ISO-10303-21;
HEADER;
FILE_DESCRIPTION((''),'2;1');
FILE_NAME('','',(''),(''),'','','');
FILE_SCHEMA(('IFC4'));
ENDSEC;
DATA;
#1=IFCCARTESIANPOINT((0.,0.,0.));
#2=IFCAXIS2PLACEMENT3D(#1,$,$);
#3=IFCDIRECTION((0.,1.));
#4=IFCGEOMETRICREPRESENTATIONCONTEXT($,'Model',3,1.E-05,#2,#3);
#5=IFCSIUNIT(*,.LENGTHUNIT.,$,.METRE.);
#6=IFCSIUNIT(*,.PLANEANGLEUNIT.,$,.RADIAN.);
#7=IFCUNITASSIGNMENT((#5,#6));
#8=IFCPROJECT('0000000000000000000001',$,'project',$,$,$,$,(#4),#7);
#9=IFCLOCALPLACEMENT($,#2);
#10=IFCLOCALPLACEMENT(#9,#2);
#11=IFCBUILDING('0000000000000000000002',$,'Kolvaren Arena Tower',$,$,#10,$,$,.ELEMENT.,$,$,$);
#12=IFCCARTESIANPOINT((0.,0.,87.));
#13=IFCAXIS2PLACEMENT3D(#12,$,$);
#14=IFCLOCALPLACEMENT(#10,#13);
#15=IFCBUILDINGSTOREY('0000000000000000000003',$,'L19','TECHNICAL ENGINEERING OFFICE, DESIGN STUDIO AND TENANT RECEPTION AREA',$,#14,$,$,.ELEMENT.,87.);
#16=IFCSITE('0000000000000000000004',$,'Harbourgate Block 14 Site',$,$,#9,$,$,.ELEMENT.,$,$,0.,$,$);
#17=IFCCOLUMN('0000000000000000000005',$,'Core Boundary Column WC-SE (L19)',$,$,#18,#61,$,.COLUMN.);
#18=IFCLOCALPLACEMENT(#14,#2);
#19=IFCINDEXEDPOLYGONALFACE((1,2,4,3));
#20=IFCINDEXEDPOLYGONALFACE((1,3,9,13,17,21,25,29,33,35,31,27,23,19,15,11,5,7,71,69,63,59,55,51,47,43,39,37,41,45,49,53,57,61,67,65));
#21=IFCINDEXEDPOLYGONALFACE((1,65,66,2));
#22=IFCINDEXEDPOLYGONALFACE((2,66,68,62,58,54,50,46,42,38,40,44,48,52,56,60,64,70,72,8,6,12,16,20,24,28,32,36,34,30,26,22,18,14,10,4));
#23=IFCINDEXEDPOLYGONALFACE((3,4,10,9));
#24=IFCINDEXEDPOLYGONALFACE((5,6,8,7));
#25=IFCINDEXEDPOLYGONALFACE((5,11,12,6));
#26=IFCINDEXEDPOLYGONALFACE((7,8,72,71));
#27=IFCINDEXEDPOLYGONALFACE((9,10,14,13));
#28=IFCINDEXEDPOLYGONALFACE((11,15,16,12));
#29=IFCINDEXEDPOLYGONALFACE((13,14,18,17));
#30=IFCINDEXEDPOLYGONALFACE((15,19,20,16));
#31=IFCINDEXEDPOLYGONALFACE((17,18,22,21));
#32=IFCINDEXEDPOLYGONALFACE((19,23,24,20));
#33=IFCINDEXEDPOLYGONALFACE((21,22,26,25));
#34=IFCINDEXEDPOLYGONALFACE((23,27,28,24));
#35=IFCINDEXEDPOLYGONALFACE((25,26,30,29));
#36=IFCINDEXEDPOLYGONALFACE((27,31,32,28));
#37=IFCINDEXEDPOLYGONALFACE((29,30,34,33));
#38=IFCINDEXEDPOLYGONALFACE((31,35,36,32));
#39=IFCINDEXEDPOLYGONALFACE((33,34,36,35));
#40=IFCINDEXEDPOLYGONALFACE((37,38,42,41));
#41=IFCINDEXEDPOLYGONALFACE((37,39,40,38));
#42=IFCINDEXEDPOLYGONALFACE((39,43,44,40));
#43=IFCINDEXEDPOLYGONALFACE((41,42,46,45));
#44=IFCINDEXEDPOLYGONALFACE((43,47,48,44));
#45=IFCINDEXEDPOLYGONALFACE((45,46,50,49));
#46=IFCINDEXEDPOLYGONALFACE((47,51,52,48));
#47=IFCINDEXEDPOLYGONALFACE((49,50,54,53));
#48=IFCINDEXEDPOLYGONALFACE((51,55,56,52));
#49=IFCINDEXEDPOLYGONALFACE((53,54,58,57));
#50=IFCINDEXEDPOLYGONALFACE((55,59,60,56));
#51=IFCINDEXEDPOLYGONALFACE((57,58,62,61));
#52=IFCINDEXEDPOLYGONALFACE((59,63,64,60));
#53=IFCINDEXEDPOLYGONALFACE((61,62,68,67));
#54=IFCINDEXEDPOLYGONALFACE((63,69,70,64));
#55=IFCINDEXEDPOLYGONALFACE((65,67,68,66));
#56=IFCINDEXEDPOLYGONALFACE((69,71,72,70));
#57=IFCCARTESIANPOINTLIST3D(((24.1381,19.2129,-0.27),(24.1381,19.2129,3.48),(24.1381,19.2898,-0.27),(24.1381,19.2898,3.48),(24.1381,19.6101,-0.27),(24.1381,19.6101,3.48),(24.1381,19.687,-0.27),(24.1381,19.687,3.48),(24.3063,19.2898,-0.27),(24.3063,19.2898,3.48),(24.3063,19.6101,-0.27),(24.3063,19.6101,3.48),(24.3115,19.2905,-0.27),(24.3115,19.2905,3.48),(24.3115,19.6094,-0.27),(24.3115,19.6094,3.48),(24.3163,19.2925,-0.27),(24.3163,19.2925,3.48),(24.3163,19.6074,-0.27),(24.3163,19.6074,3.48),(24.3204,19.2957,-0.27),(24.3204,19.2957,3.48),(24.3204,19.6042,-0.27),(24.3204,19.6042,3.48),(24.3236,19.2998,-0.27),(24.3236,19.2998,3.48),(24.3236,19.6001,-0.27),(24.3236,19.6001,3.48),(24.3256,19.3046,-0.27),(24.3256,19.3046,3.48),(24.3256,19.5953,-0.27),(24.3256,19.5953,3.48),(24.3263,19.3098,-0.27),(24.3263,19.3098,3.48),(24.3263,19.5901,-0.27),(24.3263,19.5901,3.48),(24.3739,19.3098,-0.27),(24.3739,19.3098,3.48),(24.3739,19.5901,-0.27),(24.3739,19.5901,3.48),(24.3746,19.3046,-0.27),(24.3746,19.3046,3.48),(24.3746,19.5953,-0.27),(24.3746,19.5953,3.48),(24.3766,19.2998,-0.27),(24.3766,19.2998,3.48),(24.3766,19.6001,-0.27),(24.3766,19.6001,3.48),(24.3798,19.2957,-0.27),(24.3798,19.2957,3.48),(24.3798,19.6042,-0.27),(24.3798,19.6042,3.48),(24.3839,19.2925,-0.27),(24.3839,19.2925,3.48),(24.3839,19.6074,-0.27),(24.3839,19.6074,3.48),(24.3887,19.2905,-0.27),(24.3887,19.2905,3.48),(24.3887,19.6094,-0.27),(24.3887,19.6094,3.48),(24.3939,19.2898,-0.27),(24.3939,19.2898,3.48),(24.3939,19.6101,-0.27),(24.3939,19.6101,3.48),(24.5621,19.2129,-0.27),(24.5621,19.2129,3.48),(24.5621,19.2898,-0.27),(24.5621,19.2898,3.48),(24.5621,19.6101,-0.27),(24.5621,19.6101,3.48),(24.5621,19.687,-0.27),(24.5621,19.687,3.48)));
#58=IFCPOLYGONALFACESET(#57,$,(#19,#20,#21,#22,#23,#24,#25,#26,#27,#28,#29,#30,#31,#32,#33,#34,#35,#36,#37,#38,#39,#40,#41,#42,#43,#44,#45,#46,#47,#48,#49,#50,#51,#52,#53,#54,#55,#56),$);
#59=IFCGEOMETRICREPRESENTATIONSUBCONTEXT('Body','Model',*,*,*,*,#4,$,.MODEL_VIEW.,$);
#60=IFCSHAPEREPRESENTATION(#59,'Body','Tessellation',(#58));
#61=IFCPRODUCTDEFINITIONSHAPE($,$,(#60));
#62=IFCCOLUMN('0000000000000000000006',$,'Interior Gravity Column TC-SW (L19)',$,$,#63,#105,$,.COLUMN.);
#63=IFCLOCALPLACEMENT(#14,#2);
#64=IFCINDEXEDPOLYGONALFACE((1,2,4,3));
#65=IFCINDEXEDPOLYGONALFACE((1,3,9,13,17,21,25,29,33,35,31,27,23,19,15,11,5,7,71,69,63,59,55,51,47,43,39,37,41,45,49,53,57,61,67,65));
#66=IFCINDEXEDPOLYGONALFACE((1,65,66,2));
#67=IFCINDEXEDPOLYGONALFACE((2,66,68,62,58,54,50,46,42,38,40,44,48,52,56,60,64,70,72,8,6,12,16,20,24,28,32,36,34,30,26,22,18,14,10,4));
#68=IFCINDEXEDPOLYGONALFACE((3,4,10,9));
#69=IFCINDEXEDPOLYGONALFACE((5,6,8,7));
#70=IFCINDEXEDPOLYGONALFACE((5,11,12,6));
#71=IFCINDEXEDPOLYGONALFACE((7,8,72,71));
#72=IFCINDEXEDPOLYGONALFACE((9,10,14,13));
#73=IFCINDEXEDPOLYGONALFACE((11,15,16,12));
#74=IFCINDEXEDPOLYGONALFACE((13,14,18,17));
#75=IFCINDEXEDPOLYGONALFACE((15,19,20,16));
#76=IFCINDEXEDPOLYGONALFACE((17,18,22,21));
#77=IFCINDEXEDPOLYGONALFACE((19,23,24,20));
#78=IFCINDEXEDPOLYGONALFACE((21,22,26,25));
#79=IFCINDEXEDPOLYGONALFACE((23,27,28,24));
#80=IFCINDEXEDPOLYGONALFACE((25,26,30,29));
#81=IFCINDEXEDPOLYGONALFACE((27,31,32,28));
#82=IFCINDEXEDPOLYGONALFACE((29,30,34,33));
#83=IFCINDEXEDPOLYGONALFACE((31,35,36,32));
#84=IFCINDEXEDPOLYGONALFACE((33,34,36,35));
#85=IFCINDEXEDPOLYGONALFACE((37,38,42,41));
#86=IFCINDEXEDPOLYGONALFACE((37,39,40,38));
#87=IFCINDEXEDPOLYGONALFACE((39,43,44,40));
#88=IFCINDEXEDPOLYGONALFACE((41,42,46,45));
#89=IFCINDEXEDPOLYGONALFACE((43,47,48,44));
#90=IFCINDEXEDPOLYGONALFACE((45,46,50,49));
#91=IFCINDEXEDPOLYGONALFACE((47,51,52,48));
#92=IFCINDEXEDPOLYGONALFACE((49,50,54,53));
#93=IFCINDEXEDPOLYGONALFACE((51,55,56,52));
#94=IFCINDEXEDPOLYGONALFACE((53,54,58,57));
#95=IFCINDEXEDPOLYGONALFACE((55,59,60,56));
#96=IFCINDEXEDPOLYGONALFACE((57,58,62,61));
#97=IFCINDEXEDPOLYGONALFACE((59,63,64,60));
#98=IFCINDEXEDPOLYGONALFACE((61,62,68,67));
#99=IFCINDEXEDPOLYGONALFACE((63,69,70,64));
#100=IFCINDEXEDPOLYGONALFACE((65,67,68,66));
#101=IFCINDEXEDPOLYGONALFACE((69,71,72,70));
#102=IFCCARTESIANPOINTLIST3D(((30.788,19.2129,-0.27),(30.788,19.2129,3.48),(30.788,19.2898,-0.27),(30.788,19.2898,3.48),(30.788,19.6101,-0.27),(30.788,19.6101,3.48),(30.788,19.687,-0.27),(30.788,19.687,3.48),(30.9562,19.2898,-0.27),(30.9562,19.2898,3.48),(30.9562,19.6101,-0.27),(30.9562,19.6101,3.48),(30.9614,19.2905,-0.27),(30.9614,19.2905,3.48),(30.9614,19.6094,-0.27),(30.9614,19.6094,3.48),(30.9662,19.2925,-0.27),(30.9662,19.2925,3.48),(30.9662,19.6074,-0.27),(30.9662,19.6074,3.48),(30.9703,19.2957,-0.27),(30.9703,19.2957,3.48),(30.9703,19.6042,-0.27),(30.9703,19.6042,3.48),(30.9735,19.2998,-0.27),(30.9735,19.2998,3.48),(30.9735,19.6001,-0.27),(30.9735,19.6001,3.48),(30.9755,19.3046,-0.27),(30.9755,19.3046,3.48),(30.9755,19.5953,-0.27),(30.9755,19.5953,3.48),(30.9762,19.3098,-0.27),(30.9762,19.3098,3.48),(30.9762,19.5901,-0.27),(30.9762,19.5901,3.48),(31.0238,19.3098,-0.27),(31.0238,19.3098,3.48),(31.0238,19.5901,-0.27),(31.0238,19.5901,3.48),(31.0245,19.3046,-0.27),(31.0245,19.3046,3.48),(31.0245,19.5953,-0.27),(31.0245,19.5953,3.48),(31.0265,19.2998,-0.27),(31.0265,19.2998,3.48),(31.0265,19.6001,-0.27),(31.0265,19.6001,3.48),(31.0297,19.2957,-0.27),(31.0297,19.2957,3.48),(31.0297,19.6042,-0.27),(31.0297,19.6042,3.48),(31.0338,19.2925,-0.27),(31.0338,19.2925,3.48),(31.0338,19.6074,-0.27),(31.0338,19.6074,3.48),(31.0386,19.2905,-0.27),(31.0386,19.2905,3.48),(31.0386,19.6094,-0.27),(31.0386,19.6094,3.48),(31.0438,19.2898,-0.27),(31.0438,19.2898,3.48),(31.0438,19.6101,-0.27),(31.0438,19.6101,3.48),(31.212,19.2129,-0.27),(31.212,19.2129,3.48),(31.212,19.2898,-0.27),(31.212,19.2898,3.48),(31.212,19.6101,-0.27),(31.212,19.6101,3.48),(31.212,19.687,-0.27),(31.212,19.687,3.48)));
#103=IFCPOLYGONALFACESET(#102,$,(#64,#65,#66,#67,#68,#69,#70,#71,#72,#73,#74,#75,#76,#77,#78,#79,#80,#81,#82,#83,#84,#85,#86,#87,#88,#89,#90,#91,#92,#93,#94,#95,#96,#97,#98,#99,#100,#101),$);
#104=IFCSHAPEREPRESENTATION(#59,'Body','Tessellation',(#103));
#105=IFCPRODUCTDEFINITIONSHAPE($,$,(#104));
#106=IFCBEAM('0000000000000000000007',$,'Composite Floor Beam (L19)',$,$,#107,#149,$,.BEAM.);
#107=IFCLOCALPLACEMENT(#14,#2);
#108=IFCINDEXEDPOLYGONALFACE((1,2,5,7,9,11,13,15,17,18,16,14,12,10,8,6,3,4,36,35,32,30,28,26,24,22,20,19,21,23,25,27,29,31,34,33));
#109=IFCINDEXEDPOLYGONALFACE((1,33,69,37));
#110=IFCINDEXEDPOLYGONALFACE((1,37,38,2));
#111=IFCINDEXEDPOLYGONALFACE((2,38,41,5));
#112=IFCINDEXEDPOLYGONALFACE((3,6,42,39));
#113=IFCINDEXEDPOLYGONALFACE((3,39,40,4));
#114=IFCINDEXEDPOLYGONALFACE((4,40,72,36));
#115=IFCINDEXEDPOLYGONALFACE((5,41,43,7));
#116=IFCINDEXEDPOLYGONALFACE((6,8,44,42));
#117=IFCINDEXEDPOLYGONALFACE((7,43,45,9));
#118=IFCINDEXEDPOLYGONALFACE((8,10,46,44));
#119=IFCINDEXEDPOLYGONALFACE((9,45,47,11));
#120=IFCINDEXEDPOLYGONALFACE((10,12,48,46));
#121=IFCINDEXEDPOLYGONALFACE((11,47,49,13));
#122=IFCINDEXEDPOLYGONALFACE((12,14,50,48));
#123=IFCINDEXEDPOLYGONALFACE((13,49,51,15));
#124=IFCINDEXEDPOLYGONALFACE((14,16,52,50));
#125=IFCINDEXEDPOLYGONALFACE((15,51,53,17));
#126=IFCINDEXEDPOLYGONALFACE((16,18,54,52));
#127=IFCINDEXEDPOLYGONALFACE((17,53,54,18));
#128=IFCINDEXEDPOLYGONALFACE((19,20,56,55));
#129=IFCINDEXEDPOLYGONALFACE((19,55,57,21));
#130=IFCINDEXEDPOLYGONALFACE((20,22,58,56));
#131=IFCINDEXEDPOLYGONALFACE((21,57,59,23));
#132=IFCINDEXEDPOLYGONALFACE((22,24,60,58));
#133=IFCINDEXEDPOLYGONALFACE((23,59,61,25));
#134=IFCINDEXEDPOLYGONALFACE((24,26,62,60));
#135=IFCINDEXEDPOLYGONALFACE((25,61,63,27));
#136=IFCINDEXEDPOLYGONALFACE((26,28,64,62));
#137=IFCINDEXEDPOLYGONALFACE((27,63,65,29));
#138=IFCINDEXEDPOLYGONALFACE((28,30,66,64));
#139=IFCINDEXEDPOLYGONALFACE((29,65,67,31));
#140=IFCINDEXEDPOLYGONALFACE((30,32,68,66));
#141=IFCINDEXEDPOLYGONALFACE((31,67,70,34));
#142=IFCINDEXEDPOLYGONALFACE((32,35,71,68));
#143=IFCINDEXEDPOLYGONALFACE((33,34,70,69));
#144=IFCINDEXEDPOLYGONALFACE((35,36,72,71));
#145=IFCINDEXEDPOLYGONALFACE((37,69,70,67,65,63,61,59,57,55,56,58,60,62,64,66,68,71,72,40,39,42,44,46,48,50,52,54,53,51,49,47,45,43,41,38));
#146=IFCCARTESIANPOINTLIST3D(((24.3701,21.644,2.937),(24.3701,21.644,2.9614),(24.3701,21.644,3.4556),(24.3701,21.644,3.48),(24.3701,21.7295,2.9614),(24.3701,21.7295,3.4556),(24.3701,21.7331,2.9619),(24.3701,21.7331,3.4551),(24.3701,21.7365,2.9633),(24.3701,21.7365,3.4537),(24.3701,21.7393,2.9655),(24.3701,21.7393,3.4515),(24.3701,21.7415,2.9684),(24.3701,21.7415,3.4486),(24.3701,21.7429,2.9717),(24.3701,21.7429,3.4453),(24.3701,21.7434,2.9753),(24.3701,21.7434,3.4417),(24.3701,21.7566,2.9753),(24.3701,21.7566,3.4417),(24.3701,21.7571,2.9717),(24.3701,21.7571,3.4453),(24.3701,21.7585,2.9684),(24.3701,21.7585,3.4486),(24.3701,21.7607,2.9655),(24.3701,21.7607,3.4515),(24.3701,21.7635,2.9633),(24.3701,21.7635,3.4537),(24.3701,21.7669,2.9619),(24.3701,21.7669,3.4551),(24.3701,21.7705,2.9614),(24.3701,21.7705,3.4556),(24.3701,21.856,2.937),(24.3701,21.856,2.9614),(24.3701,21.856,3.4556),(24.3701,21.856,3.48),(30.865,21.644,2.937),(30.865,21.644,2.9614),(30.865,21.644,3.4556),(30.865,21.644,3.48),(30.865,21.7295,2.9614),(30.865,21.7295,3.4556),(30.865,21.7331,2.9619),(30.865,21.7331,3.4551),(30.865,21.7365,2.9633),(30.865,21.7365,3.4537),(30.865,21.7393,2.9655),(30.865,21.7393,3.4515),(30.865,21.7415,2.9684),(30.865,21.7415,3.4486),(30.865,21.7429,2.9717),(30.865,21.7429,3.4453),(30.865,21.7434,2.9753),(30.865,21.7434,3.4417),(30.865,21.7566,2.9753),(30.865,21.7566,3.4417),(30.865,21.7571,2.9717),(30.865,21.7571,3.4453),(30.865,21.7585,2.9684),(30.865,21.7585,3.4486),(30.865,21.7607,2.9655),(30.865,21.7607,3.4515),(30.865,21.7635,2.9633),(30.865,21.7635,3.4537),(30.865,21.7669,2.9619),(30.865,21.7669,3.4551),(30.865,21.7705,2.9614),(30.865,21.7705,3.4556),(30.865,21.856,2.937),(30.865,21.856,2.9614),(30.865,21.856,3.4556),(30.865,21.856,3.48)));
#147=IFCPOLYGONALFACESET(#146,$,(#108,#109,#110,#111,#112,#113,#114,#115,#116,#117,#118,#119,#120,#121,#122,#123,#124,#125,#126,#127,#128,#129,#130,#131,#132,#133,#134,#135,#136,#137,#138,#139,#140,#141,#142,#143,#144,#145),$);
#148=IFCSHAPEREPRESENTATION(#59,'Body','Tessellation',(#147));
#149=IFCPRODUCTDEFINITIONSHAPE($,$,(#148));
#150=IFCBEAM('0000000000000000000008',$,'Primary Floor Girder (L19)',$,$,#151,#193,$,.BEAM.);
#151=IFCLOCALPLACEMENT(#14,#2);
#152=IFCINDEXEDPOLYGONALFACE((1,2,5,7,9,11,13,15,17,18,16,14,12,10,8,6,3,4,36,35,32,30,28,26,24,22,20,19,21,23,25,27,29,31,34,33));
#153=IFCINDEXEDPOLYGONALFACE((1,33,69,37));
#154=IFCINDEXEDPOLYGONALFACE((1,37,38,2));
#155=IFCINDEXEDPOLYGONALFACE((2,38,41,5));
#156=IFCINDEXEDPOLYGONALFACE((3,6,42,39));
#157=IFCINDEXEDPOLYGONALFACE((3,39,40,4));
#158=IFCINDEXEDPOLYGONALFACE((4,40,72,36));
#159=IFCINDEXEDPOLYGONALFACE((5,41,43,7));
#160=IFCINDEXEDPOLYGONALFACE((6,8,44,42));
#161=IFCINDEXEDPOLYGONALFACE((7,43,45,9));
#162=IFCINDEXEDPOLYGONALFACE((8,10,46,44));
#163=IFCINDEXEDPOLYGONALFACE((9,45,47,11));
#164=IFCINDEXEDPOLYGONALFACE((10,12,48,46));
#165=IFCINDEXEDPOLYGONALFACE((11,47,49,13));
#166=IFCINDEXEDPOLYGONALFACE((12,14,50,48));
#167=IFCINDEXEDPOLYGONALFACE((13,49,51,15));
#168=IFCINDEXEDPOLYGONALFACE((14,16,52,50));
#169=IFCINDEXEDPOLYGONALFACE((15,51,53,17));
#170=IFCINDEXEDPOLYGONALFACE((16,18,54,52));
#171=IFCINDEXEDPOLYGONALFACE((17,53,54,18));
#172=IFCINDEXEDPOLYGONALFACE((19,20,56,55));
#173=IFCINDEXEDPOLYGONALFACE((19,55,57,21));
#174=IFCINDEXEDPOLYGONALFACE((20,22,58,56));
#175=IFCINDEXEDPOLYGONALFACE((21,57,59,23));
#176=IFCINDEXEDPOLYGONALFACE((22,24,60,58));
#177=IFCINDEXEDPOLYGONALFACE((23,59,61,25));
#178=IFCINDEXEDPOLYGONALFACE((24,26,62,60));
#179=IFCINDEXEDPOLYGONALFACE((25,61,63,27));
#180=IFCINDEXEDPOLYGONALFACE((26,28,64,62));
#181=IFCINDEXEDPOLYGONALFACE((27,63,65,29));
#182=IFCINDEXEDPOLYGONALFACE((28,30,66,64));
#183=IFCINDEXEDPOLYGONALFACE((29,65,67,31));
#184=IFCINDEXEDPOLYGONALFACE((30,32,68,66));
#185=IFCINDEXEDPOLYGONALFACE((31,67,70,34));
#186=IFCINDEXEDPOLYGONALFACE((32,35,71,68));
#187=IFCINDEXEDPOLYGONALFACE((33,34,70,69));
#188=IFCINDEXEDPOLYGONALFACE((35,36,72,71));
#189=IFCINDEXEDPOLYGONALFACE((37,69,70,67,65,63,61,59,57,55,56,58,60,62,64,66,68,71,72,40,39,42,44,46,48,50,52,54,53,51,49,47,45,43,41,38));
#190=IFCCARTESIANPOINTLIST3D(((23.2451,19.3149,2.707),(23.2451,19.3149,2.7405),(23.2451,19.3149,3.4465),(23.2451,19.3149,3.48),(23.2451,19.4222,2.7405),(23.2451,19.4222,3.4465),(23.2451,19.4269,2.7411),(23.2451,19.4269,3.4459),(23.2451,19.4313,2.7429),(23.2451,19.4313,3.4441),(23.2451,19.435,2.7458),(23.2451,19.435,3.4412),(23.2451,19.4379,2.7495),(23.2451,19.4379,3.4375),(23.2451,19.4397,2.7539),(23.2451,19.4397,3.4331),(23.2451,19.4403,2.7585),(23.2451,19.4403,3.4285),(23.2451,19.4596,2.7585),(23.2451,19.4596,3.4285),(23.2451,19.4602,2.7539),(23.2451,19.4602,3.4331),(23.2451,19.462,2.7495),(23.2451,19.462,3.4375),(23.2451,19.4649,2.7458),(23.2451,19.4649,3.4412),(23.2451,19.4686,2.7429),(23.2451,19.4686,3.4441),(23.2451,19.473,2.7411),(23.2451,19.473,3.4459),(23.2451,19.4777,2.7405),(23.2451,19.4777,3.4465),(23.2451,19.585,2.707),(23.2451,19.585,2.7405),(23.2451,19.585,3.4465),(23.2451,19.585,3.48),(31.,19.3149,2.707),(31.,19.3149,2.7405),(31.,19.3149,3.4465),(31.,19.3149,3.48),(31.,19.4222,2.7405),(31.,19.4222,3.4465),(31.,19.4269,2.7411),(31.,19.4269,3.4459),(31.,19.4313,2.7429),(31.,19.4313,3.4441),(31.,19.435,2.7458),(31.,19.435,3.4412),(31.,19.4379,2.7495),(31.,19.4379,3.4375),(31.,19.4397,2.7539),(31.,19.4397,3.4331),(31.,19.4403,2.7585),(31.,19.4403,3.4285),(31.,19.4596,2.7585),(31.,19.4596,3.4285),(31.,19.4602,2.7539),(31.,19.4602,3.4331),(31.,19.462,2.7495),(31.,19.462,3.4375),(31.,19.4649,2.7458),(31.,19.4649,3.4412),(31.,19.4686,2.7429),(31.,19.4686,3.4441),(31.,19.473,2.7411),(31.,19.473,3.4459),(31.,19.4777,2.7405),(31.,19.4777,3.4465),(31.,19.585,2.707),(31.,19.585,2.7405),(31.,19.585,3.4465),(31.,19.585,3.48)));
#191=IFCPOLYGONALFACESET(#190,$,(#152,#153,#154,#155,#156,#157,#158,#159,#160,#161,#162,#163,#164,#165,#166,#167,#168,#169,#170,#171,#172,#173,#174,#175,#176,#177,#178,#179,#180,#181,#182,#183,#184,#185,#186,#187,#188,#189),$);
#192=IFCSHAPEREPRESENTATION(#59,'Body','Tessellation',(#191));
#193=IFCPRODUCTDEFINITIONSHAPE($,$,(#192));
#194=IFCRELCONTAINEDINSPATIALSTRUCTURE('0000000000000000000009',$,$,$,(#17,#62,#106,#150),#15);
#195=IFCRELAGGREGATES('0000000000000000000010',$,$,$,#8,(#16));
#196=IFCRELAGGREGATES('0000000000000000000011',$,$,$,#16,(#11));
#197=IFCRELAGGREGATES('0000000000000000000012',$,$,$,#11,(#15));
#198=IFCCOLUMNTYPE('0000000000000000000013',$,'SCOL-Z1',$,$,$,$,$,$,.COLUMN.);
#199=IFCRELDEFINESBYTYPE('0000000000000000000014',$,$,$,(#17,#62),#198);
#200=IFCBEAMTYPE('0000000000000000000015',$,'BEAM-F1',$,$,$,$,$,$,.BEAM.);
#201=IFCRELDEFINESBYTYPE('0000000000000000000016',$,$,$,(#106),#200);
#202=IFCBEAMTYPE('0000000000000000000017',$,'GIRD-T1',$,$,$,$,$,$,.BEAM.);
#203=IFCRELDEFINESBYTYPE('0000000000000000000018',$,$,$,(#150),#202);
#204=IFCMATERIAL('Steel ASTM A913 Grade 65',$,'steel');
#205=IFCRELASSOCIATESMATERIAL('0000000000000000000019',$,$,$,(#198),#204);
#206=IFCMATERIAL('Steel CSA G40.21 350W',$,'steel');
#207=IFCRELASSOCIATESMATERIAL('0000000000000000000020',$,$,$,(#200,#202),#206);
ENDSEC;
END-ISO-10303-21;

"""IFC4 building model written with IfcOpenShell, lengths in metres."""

from ifc_helpers import new_model, si_unit, direction, frame, origin, origin_2d, place, context, subcontext, project, spatial, i_section, extrude, material, material_profile, profile_set, type_object, element, save


model = new_model("IFC4")

# Units and contexts
model_context = context("Model", 3, precision=1e-05, world=origin(), true_north=direction((0.0, 1.0)))
body_context = subcontext(model_context, "Body", "Model", "MODEL_VIEW")
ifc_project = project(units=[si_unit("LENGTHUNIT", "METRE"), si_unit("PLANEANGLEUNIT", "RADIAN")], contexts=[model_context])

# Site, building, storey
site_placement = place(None, origin())
site = spatial("IfcSite", under=ifc_project, at=site_placement, Name="Harbourgate Block 14 Site", CompositionType="ELEMENT", RefElevation=0.0)
building_placement = place(site_placement, origin())
building = spatial("IfcBuilding", under=site, at=building_placement, Name="Kolvaren Arena Tower", CompositionType="ELEMENT")
storey_placement = place(building_placement, frame((0.0, 0.0, 87.0)))
storey = spatial("IfcBuildingStorey", under=building, at=storey_placement, Name="L19", Description="TECHNICAL ENGINEERING OFFICE, DESIGN STUDIO AND TENANT RECEPTION AREA", CompositionType="ELEMENT", Elevation=87.0)

# Columns
ifc_material_1 = material(Name="Steel ASTM A913 Grade 65", Category="steel")
ifc_material_profile_1 = material_profile(ifc_material_1, i_section(OverallWidth=0.4241, OverallDepth=0.4741, WebThickness=0.0476, FlangeThickness=0.0769, FilletRadius=0.02, at=origin_2d()), Name="W360x634")
ifc_profile_set_1 = profile_set([ifc_material_profile_1], Name="Steel ASTM A913 Grade 65")
column_type = type_object("IfcColumnType", Name="SCOL-Z1", PredefinedType="COLUMN", material=ifc_profile_set_1)
for number, where, z_axis, x_axis, name in (
    (1, (24.3501, 19.45, -0.27), (0.0, 0.0, 1.0), (1.0, 0.0, 0.0), "Core Boundary Column WC-SE (L19)"),
    (2, (31.0, 19.45, -0.27), (0.0, 0.0, 1.0), (1.0, 0.0, 0.0), "Interior Gravity Column TC-SW (L19)"),
):
    element("IfcColumn", number, at=place(storey_placement, frame(where, z_axis=z_axis, x_axis=x_axis)), inside=storey, type_object=column_type, Name=name, PredefinedType="COLUMN", context=body_context, shape_type="SweptSolid", body=[
        extrude(i_section(OverallWidth=0.4241, OverallDepth=0.4741, WebThickness=0.0476, FlangeThickness=0.0769, FilletRadius=0.02, at=origin_2d()), origin(), (0.0, 0.0, 1.0), 3.75),
    ])

# Beams
ifc_material_2 = material(Name="Steel CSA G40.21 350W", Category="steel")
ifc_material_profile_2 = material_profile(ifc_material_2, i_section(OverallWidth=0.2119, OverallDepth=0.543, WebThickness=0.0132, FlangeThickness=0.0244, FilletRadius=0.0139, at=origin_2d()), Name="W530x150")
ifc_profile_set_2 = profile_set([ifc_material_profile_2], Name="Steel CSA G40.21 350W")
beam_type_1 = type_object("IfcBeamType", Name="BEAM-F1", PredefinedType="BEAM", material=ifc_profile_set_2)
beam_1_placement = place(storey_placement, frame((24.3701, 21.75, 3.2085), z_axis=(1.0, 0.0, 0.0), x_axis=(0.0, 1.0, 0.0)))
element("IfcBeam", 3, at=beam_1_placement, inside=storey, type_object=beam_type_1, Name="Composite Floor Beam (L19)", PredefinedType="BEAM", context=body_context, shape_type="SweptSolid", body=[
    extrude(i_section(OverallWidth=0.2119, OverallDepth=0.543, WebThickness=0.0132, FlangeThickness=0.0244, FilletRadius=0.0139, at=origin_2d()), origin(), (0.0, 0.0, 1.0), 6.4949),
])
ifc_material_profile_3 = material_profile(ifc_material_2, i_section(OverallWidth=0.27, OverallDepth=0.7729, WebThickness=0.0193, FlangeThickness=0.0334, FilletRadius=0.0181, at=origin_2d()), Name="W760x257")
ifc_profile_set_3 = profile_set([ifc_material_profile_3], Name="Steel CSA G40.21 350W")
beam_type_2 = type_object("IfcBeamType", Name="GIRD-T1", PredefinedType="BEAM", material=ifc_profile_set_3)
beam_2_placement = place(storey_placement, frame((23.2451, 19.45, 3.0935), z_axis=(1.0, 0.0, 0.0), x_axis=(0.0, 1.0, 0.0)))
element("IfcBeam", 4, at=beam_2_placement, inside=storey, type_object=beam_type_2, Name="Primary Floor Girder (L19)", PredefinedType="BEAM", context=body_context, shape_type="SweptSolid", body=[
    extrude(i_section(OverallWidth=0.27, OverallDepth=0.7729, WebThickness=0.0193, FlangeThickness=0.0334, FilletRadius=0.0181, at=origin_2d()), origin(), (0.0, 0.0, 1.0), 7.7549),
])

save(model, "model.ifc")
